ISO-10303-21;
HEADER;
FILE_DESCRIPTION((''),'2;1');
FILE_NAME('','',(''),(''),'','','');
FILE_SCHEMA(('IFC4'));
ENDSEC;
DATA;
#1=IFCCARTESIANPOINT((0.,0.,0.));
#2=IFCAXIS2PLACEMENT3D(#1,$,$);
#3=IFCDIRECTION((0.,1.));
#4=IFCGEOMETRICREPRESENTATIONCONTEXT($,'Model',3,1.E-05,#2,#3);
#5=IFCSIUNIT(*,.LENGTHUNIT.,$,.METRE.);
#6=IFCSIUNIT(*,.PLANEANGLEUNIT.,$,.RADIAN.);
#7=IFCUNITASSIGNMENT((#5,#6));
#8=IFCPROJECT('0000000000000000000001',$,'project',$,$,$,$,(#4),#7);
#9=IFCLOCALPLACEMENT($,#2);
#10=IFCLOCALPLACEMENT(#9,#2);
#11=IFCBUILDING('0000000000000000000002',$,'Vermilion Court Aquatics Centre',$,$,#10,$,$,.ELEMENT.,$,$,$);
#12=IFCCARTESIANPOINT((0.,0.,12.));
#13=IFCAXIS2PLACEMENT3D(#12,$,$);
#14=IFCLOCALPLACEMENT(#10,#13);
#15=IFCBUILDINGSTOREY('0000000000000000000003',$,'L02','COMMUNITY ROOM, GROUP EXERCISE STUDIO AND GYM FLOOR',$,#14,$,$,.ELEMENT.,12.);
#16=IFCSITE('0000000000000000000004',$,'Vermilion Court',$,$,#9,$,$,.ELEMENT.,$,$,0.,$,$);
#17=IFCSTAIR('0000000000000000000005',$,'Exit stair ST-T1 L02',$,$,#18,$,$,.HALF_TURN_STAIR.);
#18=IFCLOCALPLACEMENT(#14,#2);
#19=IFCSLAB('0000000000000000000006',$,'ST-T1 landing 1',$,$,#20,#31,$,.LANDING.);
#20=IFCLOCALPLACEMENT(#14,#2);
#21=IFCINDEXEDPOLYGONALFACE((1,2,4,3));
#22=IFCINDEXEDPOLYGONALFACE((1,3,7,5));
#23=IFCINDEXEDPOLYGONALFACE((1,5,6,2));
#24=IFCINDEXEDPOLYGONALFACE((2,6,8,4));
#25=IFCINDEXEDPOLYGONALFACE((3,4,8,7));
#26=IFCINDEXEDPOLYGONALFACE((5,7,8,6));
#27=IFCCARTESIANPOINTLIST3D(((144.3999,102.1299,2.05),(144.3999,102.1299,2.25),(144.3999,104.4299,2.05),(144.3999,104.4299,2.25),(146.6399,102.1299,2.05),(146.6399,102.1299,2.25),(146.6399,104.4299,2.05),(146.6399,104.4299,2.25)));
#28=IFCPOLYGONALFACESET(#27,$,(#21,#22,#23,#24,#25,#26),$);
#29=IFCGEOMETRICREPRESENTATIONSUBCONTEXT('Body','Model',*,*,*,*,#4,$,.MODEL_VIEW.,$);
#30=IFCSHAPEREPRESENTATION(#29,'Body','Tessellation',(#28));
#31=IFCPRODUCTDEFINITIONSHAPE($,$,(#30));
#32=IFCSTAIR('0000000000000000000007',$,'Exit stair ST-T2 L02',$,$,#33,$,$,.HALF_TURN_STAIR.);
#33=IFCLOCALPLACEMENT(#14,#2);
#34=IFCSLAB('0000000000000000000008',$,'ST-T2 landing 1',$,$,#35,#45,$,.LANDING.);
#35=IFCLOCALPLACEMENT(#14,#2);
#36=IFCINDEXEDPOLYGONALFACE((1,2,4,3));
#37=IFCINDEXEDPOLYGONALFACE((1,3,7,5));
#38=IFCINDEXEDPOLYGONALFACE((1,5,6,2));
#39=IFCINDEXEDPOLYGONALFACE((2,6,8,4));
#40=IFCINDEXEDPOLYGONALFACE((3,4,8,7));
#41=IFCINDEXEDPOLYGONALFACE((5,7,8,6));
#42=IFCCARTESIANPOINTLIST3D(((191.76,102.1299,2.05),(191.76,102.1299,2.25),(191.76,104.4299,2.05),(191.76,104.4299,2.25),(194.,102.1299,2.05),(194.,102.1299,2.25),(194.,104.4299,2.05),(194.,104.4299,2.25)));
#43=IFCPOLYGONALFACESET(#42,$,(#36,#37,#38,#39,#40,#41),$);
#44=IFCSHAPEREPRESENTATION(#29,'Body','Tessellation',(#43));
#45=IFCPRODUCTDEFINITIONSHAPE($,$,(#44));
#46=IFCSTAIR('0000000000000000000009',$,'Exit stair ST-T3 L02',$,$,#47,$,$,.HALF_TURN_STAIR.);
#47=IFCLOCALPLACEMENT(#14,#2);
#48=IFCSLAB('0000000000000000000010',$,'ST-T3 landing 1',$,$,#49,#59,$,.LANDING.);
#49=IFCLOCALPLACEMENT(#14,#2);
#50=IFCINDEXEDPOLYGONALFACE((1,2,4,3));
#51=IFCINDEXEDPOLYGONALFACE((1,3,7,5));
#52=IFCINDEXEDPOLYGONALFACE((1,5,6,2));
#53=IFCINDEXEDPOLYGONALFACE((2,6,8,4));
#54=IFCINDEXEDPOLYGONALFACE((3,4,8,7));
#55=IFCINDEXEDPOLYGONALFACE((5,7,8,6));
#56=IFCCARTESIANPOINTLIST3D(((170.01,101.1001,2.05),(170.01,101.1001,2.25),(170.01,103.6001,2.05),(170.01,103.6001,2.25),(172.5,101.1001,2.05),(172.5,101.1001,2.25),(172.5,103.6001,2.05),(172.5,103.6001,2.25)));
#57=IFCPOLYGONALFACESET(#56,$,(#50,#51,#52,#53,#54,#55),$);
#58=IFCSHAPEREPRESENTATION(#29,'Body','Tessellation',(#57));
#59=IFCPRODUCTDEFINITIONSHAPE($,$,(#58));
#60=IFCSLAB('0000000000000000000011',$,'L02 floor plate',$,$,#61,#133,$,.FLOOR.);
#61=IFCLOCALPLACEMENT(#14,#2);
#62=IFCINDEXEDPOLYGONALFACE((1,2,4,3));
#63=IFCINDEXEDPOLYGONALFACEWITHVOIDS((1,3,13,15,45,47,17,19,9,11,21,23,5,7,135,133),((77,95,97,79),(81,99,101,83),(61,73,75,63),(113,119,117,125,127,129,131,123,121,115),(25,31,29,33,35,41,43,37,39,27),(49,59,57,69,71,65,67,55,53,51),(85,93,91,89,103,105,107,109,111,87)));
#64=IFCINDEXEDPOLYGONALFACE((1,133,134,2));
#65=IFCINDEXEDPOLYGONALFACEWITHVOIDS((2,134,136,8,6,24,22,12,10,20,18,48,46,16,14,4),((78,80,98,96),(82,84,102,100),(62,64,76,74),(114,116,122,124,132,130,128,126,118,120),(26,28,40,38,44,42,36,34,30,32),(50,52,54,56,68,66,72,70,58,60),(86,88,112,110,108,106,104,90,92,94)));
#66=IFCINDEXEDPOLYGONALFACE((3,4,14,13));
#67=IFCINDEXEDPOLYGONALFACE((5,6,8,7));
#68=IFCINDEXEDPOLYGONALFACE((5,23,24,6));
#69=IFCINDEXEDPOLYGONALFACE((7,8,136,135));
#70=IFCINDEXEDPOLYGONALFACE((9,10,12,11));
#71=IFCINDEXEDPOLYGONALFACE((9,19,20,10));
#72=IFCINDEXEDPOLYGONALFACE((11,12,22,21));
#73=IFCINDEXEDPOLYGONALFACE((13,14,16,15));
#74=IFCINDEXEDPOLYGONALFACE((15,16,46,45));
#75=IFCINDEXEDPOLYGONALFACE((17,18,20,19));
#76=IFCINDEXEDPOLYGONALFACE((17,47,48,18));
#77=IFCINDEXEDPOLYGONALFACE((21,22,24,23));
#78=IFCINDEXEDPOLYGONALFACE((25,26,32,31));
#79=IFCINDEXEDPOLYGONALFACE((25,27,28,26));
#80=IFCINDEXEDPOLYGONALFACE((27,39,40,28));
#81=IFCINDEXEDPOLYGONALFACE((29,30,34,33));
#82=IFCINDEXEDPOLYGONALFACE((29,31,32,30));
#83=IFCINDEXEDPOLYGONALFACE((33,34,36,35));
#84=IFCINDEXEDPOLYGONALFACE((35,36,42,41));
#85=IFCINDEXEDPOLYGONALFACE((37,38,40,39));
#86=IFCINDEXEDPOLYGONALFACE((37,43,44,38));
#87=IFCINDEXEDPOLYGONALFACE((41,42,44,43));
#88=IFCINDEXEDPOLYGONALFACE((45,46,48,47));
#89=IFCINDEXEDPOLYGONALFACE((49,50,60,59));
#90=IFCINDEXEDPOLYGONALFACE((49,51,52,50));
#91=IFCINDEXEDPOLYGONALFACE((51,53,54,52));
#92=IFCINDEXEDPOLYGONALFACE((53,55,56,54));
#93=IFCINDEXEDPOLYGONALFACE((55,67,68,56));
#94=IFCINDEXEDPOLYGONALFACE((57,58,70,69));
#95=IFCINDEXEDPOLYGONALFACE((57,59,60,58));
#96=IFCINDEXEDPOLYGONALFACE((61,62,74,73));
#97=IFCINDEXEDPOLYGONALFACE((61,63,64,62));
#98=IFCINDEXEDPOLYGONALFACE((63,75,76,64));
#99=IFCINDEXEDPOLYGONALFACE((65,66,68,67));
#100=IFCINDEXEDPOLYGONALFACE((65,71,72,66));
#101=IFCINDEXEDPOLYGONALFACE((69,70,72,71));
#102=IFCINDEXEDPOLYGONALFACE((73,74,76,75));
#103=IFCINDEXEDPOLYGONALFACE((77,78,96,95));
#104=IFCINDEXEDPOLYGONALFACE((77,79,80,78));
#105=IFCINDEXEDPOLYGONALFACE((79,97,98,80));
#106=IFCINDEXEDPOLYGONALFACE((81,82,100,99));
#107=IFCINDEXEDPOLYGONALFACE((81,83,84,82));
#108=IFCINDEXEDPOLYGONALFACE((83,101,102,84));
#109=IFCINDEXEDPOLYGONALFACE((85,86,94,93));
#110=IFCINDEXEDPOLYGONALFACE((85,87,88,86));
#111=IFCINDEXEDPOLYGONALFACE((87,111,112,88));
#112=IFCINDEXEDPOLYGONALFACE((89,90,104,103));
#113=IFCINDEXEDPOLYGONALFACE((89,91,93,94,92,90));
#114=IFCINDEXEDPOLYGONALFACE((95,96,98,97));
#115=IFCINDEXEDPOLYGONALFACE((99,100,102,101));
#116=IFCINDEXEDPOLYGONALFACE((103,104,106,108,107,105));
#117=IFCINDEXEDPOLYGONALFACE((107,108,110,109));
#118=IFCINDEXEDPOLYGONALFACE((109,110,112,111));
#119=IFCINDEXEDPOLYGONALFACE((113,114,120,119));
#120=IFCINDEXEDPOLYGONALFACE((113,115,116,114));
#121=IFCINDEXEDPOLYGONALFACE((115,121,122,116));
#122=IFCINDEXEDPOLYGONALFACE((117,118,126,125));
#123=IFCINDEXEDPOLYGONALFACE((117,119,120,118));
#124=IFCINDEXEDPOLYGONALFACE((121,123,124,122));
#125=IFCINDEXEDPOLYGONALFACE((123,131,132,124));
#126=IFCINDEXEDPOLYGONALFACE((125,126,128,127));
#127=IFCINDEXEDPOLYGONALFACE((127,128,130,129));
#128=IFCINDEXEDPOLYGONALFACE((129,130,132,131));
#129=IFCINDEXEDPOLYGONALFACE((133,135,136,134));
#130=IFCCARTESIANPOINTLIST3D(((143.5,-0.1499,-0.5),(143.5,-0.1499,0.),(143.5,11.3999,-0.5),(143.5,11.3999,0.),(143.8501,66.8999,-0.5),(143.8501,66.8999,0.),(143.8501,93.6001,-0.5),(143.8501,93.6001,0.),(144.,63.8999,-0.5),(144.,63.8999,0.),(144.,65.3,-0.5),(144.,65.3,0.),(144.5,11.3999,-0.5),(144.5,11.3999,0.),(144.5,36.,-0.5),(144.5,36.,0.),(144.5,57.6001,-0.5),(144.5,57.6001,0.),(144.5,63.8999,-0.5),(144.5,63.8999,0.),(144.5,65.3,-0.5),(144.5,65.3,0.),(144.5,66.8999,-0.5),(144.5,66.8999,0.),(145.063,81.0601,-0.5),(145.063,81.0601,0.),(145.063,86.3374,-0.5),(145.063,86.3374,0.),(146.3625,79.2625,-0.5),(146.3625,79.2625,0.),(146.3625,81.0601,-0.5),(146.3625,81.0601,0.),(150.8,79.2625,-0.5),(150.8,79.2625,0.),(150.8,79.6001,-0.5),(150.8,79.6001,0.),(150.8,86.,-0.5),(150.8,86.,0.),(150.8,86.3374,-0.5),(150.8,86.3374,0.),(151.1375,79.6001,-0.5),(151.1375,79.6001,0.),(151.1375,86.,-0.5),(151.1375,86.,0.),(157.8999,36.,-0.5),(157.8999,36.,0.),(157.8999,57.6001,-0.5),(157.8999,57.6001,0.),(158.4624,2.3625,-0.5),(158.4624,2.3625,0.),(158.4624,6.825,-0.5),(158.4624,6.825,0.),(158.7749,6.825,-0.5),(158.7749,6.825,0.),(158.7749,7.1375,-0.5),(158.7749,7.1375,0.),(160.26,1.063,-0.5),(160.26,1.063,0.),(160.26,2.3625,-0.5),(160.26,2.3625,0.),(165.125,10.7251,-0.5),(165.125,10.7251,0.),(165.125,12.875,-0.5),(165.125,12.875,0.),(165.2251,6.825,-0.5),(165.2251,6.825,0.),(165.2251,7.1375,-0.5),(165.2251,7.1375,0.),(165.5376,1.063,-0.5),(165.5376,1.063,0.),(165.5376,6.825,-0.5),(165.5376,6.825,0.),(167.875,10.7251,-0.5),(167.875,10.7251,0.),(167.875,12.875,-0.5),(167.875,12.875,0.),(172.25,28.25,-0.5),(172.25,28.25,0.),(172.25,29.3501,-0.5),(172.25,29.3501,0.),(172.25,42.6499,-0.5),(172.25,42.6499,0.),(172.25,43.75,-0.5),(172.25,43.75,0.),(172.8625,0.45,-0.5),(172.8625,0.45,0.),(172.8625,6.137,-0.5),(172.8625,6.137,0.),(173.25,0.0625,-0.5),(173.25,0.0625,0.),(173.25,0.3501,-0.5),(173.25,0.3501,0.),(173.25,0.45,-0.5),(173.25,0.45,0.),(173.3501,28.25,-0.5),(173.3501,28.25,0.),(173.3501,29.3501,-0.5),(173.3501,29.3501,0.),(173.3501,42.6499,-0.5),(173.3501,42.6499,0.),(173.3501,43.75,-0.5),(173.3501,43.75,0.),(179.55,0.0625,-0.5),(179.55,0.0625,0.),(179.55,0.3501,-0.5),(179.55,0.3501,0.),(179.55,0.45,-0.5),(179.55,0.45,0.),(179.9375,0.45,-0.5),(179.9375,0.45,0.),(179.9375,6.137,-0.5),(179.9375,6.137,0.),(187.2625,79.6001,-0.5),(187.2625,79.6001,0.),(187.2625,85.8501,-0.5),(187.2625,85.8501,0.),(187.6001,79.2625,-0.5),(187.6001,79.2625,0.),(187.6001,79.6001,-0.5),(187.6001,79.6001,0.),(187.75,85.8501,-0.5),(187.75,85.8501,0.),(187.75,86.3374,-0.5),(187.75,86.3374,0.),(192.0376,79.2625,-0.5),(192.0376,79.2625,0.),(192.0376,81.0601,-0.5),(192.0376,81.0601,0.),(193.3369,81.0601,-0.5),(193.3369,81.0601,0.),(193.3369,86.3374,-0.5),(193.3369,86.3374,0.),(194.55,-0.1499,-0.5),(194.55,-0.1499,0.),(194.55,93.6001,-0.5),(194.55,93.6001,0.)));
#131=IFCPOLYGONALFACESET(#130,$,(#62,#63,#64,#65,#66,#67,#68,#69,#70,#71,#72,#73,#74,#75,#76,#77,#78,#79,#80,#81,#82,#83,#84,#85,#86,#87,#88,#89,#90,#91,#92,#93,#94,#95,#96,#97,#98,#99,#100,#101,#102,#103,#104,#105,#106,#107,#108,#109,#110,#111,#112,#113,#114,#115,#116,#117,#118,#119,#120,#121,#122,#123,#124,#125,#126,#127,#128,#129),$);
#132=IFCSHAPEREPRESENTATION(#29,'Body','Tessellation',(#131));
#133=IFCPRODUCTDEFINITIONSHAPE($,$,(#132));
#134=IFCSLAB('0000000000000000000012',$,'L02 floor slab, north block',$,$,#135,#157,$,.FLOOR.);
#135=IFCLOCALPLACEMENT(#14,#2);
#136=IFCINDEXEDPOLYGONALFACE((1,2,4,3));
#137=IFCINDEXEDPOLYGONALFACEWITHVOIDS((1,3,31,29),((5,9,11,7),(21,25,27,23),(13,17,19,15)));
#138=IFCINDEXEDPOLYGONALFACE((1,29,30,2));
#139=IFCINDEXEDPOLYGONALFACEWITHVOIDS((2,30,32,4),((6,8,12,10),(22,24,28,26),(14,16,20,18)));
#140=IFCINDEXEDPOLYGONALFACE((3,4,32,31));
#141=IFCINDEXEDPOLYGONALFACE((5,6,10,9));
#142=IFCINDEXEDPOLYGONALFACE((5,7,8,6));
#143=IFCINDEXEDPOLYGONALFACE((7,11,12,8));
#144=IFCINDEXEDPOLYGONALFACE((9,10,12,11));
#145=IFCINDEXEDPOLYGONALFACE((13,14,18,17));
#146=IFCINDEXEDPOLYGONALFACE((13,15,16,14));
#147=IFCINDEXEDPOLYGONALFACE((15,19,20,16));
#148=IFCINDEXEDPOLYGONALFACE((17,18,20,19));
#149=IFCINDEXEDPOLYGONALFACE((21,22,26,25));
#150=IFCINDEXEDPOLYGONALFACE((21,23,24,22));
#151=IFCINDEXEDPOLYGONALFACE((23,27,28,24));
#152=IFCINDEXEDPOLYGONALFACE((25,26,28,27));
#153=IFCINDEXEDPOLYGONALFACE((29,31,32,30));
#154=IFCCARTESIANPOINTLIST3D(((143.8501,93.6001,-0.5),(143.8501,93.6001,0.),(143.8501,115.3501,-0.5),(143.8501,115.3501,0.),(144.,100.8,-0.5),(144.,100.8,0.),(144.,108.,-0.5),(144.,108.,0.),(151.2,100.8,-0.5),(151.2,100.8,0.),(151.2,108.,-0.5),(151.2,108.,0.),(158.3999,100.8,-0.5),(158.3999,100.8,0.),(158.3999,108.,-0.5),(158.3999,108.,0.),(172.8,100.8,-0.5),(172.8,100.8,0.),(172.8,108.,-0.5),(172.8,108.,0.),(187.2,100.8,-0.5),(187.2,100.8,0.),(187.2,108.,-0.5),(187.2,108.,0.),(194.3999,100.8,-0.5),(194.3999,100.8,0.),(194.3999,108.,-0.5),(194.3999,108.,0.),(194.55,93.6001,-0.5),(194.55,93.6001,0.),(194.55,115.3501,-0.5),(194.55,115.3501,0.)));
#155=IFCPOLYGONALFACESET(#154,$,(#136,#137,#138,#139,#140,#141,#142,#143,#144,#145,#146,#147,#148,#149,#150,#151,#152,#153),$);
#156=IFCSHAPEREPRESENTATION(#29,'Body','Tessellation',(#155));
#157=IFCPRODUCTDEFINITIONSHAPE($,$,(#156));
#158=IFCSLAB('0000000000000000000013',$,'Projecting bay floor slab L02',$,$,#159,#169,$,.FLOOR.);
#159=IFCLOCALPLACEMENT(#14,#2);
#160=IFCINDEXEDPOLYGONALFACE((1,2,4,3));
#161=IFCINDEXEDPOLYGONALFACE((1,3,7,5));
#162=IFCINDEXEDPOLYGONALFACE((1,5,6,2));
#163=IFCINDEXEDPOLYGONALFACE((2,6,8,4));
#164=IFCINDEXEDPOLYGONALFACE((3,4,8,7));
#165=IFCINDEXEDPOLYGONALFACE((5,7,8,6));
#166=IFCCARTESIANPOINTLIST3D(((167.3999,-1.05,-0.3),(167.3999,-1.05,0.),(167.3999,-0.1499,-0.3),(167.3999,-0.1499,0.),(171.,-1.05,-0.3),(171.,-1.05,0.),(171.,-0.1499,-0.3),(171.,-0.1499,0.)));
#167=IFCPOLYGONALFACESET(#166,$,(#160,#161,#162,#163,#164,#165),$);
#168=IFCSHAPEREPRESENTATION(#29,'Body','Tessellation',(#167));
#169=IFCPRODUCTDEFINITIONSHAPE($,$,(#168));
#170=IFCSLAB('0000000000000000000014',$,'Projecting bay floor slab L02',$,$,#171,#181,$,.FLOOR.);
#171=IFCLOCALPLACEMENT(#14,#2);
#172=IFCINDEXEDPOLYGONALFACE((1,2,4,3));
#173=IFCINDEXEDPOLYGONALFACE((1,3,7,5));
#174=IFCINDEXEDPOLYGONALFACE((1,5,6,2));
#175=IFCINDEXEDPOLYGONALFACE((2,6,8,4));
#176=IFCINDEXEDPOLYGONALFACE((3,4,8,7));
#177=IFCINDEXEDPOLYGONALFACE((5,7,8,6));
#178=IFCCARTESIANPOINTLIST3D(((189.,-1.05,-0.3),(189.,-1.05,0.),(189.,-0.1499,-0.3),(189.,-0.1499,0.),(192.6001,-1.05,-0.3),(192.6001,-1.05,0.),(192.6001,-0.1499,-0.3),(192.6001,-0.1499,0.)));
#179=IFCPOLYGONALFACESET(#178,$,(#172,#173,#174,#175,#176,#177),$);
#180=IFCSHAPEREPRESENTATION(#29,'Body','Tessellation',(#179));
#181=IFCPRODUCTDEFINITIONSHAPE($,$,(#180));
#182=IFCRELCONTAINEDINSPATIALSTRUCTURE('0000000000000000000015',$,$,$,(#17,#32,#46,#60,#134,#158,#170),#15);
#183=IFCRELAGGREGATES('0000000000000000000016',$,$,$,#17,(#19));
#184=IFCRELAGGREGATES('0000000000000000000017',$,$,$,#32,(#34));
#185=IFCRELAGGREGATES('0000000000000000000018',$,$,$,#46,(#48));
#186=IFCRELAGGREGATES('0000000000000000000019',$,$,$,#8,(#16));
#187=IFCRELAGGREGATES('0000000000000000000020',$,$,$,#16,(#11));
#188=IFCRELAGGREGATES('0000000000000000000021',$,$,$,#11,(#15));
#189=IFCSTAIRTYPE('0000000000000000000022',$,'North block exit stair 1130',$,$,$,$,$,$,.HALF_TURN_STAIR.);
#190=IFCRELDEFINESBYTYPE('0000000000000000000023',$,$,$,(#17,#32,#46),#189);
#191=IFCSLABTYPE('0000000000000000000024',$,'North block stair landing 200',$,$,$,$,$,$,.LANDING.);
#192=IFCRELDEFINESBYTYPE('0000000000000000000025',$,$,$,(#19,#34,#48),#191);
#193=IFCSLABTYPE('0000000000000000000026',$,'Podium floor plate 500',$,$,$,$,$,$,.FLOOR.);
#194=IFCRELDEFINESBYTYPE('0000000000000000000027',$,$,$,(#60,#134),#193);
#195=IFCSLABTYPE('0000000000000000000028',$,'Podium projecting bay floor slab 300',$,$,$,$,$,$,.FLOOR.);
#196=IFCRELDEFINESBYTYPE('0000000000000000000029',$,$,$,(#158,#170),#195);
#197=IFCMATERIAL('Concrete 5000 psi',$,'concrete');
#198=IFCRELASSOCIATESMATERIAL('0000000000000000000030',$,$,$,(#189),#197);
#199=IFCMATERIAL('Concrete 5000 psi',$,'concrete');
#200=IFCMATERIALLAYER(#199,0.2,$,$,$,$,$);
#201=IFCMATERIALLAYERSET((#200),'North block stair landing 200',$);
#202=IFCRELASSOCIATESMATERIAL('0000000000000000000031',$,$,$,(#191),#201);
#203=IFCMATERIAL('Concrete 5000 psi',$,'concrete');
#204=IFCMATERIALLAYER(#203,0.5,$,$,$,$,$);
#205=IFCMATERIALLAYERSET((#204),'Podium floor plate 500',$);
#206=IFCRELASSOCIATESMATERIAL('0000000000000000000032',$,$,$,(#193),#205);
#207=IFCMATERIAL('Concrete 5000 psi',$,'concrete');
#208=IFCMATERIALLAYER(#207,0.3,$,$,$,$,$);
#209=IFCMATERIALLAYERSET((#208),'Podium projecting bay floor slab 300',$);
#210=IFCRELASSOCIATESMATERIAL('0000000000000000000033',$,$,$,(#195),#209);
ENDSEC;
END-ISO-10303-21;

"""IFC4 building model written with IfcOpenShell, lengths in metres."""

from ifc_helpers import new_model, si_unit, direction, frame, origin, place, context, subcontext, project, spatial, polyline, outline, extrude, material, layer, layer_set, type_object, element, aggregate, save


model = new_model("IFC4")

# Units and contexts
model_context = context("Model", 3, precision=1e-05, world=origin(), true_north=direction((0.0, 1.0)))
body_context = subcontext(model_context, "Body", "Model", "MODEL_VIEW")
ifc_project = project(units=[si_unit("LENGTHUNIT", "METRE"), si_unit("PLANEANGLEUNIT", "RADIAN")], contexts=[model_context])

# Site, building, storey
site_placement = place(None, origin())
site = spatial("IfcSite", under=ifc_project, at=site_placement, Name="Vermilion Court", CompositionType="ELEMENT", RefElevation=0.0)
building_placement = place(site_placement, origin())
building = spatial("IfcBuilding", under=site, at=building_placement, Name="Vermilion Court Aquatics Centre", CompositionType="ELEMENT")
storey_placement = place(building_placement, frame((0.0, 0.0, 12.0)))
storey = spatial("IfcBuildingStorey", under=building, at=storey_placement, Name="L02", Description="COMMUNITY ROOM, GROUP EXERCISE STUDIO AND GYM FLOOR", CompositionType="ELEMENT", Elevation=12.0)

# Stairs, slabs
ifc_material_1 = material(Name="Concrete 5000 psi", Category="concrete")
stair_type_1 = type_object("IfcStairType", Name="North block exit stair 1130", PredefinedType="HALF_TURN_STAIR", material=ifc_material_1)
stair_1_placement = place(storey_placement, origin())
stair_1 = element("IfcStair", 1, at=stair_1_placement, inside=storey, type_object=stair_type_1, Name="Exit stair ST-T1 L02", PredefinedType="HALF_TURN_STAIR")
ifc_material_2 = material(Name="Concrete 5000 psi", Category="concrete")
ifc_layer_1 = layer(ifc_material_2, 0.2)
ifc_layer_set_1 = layer_set([ifc_layer_1], Name="North block stair landing 200")
slab_type_1 = type_object("IfcSlabType", Name="North block stair landing 200", PredefinedType="LANDING", material=ifc_layer_set_1)
slab_1_placement = place(storey_placement, frame((0.0, 0.0, 2.05)))
slab_1 = element("IfcSlab", 2, at=slab_1_placement, type_object=slab_type_1, Name="ST-T1 landing 1", PredefinedType="LANDING", context=body_context, shape_type="SweptSolid", body=[
    extrude(outline(polyline([(144.3999, 102.1299), (146.6399, 102.1299), (146.6399, 104.4299), (144.3999, 104.4299), (144.3999, 102.1299)])), origin(), (0.0, 0.0, 1.0), 0.2),
])
aggregate(stair_1, [slab_1])
stair_2_placement = place(storey_placement, origin())
stair_2 = element("IfcStair", 3, at=stair_2_placement, inside=storey, type_object=stair_type_1, Name="Exit stair ST-T2 L02", PredefinedType="HALF_TURN_STAIR")
slab_2_placement = place(storey_placement, frame((0.0, 0.0, 2.05)))
slab_2 = element("IfcSlab", 4, at=slab_2_placement, type_object=slab_type_1, Name="ST-T2 landing 1", PredefinedType="LANDING", context=body_context, shape_type="SweptSolid", body=[
    extrude(outline(polyline([(191.76, 102.1299), (194.0, 102.1299), (194.0, 104.4299), (191.76, 104.4299), (191.76, 102.1299)])), origin(), (0.0, 0.0, 1.0), 0.2),
])
aggregate(stair_2, [slab_2])
stair_3_placement = place(storey_placement, origin())
stair_3 = element("IfcStair", 5, at=stair_3_placement, inside=storey, type_object=stair_type_1, Name="Exit stair ST-T3 L02", PredefinedType="HALF_TURN_STAIR")
slab_3_placement = place(storey_placement, frame((0.0, 0.0, 2.05)))
slab_3 = element("IfcSlab", 6, at=slab_3_placement, type_object=slab_type_1, Name="ST-T3 landing 1", PredefinedType="LANDING", context=body_context, shape_type="SweptSolid", body=[
    extrude(outline(polyline([(170.01, 101.1001), (172.5, 101.1001), (172.5, 103.6001), (170.01, 103.6001), (170.01, 101.1001)])), origin(), (0.0, 0.0, 1.0), 0.2),
])
aggregate(stair_3, [slab_3])

# Slabs
ifc_material_3 = material(Name="Concrete 5000 psi", Category="concrete")
ifc_layer_2 = layer(ifc_material_3, 0.5)
ifc_layer_set_2 = layer_set([ifc_layer_2], Name="Podium floor plate 500")
slab_type_2 = type_object("IfcSlabType", Name="Podium floor plate 500", PredefinedType="FLOOR", material=ifc_layer_set_2)
slab_4_placement = place(storey_placement, frame((0.0, 0.0, -0.5)))
element("IfcSlab", 7, at=slab_4_placement, inside=storey, type_object=slab_type_2, Name="L02 floor plate", PredefinedType="FLOOR", context=body_context, shape_type="SweptSolid", body=[
    extrude(outline(polyline([(144.5, 11.3999), (144.5, 36.0), (157.8999, 36.0), (157.8999, 57.6001), (144.5, 57.6001), (144.5, 63.8999), (144.0, 63.8999), (144.0, 65.3), (144.5, 65.3), (144.5, 66.8999), (143.8501, 66.8999), (143.8501, 93.6001), (194.55, 93.6001), (194.55, -0.1499), (143.5, -0.1499), (143.5, 11.3999), (144.5, 11.3999)]), holes=[polyline([(179.9375, 6.137), (172.8625, 6.137), (172.8625, 0.45), (173.25, 0.45), (173.25, 0.3501), (173.25, 0.0625), (179.55, 0.0625), (179.55, 0.3501), (179.55, 0.45), (179.9375, 0.45), (179.9375, 6.137)]), polyline([(158.4624, 2.3625), (160.26, 2.3625), (160.26, 1.063), (165.5376, 1.063), (165.5376, 6.825), (165.2251, 6.825), (165.2251, 7.1375), (158.7749, 7.1375), (158.7749, 6.825), (158.4624, 6.825), (158.4624, 2.3625)]), polyline([(150.8, 86.0), (150.8, 86.3374), (145.063, 86.3374), (145.063, 81.0601), (146.3625, 81.0601), (146.3625, 79.2625), (150.8, 79.2625), (150.8, 79.6001), (151.1375, 79.6001), (151.1375, 86.0), (150.8, 86.0)]), polyline([(192.0376, 79.2625), (192.0376, 81.0601), (193.3369, 81.0601), (193.3369, 86.3374), (187.75, 86.3374), (187.75, 85.8501), (187.2625, 85.8501), (187.2625, 79.6001), (187.6001, 79.6001), (187.6001, 79.2625), (192.0376, 79.2625)]), polyline([(167.875, 12.875), (165.125, 12.875), (165.125, 10.7251), (167.875, 10.7251), (167.875, 12.875)]), polyline([(172.25, 29.3501), (172.25, 28.25), (173.3501, 28.25), (173.3501, 29.3501), (172.25, 29.3501)]), polyline([(173.3501, 43.75), (172.25, 43.75), (172.25, 42.6499), (173.3501, 42.6499), (173.3501, 43.75)])]), origin(), (0.0, 0.0, 1.0), 0.5),
])
slab_5_placement = place(storey_placement, frame((0.0, 0.0, -0.5)))
element("IfcSlab", 8, at=slab_5_placement, inside=storey, type_object=slab_type_2, Name="L02 floor slab, north block", PredefinedType="FLOOR", context=body_context, shape_type="SweptSolid", body=[
    extrude(outline(polyline([(194.55, 115.3501), (194.55, 93.6001), (143.8501, 93.6001), (143.8501, 115.3501), (194.55, 115.3501)]), holes=[polyline([(144.0, 108.0), (144.0, 100.8), (151.2, 100.8), (151.2, 108.0), (144.0, 108.0)]), polyline([(158.3999, 108.0), (158.3999, 100.8), (172.8, 100.8), (172.8, 108.0), (158.3999, 108.0)]), polyline([(187.2, 108.0), (187.2, 100.8), (194.3999, 100.8), (194.3999, 108.0), (187.2, 108.0)])]), origin(), (0.0, 0.0, 1.0), 0.5),
])
ifc_material_4 = material(Name="Concrete 5000 psi", Category="concrete")
ifc_layer_3 = layer(ifc_material_4, 0.3)
ifc_layer_set_3 = layer_set([ifc_layer_3], Name="Podium projecting bay floor slab 300")
slab_type_3 = type_object("IfcSlabType", Name="Podium projecting bay floor slab 300", PredefinedType="FLOOR", material=ifc_layer_set_3)
slab_6_placement = place(storey_placement, frame((0.0, 0.0, -0.3)))
element("IfcSlab", 9, at=slab_6_placement, inside=storey, type_object=slab_type_3, Name="Projecting bay floor slab L02", PredefinedType="FLOOR", context=body_context, shape_type="SweptSolid", body=[
    extrude(outline(polyline([(171.0, -1.05), (171.0, -0.1499), (167.3999, -0.1499), (167.3999, -1.05), (171.0, -1.05)])), origin(), (0.0, 0.0, 1.0), 0.3),
])
slab_7_placement = place(storey_placement, frame((0.0, 0.0, -0.3)))
element("IfcSlab", 10, at=slab_7_placement, inside=storey, type_object=slab_type_3, Name="Projecting bay floor slab L02", PredefinedType="FLOOR", context=body_context, shape_type="SweptSolid", body=[
    extrude(outline(polyline([(192.6001, -1.05), (192.6001, -0.1499), (189.0, -0.1499), (189.0, -1.05), (192.6001, -1.05)])), origin(), (0.0, 0.0, 1.0), 0.3),
])

save(model, "model.ifc")
